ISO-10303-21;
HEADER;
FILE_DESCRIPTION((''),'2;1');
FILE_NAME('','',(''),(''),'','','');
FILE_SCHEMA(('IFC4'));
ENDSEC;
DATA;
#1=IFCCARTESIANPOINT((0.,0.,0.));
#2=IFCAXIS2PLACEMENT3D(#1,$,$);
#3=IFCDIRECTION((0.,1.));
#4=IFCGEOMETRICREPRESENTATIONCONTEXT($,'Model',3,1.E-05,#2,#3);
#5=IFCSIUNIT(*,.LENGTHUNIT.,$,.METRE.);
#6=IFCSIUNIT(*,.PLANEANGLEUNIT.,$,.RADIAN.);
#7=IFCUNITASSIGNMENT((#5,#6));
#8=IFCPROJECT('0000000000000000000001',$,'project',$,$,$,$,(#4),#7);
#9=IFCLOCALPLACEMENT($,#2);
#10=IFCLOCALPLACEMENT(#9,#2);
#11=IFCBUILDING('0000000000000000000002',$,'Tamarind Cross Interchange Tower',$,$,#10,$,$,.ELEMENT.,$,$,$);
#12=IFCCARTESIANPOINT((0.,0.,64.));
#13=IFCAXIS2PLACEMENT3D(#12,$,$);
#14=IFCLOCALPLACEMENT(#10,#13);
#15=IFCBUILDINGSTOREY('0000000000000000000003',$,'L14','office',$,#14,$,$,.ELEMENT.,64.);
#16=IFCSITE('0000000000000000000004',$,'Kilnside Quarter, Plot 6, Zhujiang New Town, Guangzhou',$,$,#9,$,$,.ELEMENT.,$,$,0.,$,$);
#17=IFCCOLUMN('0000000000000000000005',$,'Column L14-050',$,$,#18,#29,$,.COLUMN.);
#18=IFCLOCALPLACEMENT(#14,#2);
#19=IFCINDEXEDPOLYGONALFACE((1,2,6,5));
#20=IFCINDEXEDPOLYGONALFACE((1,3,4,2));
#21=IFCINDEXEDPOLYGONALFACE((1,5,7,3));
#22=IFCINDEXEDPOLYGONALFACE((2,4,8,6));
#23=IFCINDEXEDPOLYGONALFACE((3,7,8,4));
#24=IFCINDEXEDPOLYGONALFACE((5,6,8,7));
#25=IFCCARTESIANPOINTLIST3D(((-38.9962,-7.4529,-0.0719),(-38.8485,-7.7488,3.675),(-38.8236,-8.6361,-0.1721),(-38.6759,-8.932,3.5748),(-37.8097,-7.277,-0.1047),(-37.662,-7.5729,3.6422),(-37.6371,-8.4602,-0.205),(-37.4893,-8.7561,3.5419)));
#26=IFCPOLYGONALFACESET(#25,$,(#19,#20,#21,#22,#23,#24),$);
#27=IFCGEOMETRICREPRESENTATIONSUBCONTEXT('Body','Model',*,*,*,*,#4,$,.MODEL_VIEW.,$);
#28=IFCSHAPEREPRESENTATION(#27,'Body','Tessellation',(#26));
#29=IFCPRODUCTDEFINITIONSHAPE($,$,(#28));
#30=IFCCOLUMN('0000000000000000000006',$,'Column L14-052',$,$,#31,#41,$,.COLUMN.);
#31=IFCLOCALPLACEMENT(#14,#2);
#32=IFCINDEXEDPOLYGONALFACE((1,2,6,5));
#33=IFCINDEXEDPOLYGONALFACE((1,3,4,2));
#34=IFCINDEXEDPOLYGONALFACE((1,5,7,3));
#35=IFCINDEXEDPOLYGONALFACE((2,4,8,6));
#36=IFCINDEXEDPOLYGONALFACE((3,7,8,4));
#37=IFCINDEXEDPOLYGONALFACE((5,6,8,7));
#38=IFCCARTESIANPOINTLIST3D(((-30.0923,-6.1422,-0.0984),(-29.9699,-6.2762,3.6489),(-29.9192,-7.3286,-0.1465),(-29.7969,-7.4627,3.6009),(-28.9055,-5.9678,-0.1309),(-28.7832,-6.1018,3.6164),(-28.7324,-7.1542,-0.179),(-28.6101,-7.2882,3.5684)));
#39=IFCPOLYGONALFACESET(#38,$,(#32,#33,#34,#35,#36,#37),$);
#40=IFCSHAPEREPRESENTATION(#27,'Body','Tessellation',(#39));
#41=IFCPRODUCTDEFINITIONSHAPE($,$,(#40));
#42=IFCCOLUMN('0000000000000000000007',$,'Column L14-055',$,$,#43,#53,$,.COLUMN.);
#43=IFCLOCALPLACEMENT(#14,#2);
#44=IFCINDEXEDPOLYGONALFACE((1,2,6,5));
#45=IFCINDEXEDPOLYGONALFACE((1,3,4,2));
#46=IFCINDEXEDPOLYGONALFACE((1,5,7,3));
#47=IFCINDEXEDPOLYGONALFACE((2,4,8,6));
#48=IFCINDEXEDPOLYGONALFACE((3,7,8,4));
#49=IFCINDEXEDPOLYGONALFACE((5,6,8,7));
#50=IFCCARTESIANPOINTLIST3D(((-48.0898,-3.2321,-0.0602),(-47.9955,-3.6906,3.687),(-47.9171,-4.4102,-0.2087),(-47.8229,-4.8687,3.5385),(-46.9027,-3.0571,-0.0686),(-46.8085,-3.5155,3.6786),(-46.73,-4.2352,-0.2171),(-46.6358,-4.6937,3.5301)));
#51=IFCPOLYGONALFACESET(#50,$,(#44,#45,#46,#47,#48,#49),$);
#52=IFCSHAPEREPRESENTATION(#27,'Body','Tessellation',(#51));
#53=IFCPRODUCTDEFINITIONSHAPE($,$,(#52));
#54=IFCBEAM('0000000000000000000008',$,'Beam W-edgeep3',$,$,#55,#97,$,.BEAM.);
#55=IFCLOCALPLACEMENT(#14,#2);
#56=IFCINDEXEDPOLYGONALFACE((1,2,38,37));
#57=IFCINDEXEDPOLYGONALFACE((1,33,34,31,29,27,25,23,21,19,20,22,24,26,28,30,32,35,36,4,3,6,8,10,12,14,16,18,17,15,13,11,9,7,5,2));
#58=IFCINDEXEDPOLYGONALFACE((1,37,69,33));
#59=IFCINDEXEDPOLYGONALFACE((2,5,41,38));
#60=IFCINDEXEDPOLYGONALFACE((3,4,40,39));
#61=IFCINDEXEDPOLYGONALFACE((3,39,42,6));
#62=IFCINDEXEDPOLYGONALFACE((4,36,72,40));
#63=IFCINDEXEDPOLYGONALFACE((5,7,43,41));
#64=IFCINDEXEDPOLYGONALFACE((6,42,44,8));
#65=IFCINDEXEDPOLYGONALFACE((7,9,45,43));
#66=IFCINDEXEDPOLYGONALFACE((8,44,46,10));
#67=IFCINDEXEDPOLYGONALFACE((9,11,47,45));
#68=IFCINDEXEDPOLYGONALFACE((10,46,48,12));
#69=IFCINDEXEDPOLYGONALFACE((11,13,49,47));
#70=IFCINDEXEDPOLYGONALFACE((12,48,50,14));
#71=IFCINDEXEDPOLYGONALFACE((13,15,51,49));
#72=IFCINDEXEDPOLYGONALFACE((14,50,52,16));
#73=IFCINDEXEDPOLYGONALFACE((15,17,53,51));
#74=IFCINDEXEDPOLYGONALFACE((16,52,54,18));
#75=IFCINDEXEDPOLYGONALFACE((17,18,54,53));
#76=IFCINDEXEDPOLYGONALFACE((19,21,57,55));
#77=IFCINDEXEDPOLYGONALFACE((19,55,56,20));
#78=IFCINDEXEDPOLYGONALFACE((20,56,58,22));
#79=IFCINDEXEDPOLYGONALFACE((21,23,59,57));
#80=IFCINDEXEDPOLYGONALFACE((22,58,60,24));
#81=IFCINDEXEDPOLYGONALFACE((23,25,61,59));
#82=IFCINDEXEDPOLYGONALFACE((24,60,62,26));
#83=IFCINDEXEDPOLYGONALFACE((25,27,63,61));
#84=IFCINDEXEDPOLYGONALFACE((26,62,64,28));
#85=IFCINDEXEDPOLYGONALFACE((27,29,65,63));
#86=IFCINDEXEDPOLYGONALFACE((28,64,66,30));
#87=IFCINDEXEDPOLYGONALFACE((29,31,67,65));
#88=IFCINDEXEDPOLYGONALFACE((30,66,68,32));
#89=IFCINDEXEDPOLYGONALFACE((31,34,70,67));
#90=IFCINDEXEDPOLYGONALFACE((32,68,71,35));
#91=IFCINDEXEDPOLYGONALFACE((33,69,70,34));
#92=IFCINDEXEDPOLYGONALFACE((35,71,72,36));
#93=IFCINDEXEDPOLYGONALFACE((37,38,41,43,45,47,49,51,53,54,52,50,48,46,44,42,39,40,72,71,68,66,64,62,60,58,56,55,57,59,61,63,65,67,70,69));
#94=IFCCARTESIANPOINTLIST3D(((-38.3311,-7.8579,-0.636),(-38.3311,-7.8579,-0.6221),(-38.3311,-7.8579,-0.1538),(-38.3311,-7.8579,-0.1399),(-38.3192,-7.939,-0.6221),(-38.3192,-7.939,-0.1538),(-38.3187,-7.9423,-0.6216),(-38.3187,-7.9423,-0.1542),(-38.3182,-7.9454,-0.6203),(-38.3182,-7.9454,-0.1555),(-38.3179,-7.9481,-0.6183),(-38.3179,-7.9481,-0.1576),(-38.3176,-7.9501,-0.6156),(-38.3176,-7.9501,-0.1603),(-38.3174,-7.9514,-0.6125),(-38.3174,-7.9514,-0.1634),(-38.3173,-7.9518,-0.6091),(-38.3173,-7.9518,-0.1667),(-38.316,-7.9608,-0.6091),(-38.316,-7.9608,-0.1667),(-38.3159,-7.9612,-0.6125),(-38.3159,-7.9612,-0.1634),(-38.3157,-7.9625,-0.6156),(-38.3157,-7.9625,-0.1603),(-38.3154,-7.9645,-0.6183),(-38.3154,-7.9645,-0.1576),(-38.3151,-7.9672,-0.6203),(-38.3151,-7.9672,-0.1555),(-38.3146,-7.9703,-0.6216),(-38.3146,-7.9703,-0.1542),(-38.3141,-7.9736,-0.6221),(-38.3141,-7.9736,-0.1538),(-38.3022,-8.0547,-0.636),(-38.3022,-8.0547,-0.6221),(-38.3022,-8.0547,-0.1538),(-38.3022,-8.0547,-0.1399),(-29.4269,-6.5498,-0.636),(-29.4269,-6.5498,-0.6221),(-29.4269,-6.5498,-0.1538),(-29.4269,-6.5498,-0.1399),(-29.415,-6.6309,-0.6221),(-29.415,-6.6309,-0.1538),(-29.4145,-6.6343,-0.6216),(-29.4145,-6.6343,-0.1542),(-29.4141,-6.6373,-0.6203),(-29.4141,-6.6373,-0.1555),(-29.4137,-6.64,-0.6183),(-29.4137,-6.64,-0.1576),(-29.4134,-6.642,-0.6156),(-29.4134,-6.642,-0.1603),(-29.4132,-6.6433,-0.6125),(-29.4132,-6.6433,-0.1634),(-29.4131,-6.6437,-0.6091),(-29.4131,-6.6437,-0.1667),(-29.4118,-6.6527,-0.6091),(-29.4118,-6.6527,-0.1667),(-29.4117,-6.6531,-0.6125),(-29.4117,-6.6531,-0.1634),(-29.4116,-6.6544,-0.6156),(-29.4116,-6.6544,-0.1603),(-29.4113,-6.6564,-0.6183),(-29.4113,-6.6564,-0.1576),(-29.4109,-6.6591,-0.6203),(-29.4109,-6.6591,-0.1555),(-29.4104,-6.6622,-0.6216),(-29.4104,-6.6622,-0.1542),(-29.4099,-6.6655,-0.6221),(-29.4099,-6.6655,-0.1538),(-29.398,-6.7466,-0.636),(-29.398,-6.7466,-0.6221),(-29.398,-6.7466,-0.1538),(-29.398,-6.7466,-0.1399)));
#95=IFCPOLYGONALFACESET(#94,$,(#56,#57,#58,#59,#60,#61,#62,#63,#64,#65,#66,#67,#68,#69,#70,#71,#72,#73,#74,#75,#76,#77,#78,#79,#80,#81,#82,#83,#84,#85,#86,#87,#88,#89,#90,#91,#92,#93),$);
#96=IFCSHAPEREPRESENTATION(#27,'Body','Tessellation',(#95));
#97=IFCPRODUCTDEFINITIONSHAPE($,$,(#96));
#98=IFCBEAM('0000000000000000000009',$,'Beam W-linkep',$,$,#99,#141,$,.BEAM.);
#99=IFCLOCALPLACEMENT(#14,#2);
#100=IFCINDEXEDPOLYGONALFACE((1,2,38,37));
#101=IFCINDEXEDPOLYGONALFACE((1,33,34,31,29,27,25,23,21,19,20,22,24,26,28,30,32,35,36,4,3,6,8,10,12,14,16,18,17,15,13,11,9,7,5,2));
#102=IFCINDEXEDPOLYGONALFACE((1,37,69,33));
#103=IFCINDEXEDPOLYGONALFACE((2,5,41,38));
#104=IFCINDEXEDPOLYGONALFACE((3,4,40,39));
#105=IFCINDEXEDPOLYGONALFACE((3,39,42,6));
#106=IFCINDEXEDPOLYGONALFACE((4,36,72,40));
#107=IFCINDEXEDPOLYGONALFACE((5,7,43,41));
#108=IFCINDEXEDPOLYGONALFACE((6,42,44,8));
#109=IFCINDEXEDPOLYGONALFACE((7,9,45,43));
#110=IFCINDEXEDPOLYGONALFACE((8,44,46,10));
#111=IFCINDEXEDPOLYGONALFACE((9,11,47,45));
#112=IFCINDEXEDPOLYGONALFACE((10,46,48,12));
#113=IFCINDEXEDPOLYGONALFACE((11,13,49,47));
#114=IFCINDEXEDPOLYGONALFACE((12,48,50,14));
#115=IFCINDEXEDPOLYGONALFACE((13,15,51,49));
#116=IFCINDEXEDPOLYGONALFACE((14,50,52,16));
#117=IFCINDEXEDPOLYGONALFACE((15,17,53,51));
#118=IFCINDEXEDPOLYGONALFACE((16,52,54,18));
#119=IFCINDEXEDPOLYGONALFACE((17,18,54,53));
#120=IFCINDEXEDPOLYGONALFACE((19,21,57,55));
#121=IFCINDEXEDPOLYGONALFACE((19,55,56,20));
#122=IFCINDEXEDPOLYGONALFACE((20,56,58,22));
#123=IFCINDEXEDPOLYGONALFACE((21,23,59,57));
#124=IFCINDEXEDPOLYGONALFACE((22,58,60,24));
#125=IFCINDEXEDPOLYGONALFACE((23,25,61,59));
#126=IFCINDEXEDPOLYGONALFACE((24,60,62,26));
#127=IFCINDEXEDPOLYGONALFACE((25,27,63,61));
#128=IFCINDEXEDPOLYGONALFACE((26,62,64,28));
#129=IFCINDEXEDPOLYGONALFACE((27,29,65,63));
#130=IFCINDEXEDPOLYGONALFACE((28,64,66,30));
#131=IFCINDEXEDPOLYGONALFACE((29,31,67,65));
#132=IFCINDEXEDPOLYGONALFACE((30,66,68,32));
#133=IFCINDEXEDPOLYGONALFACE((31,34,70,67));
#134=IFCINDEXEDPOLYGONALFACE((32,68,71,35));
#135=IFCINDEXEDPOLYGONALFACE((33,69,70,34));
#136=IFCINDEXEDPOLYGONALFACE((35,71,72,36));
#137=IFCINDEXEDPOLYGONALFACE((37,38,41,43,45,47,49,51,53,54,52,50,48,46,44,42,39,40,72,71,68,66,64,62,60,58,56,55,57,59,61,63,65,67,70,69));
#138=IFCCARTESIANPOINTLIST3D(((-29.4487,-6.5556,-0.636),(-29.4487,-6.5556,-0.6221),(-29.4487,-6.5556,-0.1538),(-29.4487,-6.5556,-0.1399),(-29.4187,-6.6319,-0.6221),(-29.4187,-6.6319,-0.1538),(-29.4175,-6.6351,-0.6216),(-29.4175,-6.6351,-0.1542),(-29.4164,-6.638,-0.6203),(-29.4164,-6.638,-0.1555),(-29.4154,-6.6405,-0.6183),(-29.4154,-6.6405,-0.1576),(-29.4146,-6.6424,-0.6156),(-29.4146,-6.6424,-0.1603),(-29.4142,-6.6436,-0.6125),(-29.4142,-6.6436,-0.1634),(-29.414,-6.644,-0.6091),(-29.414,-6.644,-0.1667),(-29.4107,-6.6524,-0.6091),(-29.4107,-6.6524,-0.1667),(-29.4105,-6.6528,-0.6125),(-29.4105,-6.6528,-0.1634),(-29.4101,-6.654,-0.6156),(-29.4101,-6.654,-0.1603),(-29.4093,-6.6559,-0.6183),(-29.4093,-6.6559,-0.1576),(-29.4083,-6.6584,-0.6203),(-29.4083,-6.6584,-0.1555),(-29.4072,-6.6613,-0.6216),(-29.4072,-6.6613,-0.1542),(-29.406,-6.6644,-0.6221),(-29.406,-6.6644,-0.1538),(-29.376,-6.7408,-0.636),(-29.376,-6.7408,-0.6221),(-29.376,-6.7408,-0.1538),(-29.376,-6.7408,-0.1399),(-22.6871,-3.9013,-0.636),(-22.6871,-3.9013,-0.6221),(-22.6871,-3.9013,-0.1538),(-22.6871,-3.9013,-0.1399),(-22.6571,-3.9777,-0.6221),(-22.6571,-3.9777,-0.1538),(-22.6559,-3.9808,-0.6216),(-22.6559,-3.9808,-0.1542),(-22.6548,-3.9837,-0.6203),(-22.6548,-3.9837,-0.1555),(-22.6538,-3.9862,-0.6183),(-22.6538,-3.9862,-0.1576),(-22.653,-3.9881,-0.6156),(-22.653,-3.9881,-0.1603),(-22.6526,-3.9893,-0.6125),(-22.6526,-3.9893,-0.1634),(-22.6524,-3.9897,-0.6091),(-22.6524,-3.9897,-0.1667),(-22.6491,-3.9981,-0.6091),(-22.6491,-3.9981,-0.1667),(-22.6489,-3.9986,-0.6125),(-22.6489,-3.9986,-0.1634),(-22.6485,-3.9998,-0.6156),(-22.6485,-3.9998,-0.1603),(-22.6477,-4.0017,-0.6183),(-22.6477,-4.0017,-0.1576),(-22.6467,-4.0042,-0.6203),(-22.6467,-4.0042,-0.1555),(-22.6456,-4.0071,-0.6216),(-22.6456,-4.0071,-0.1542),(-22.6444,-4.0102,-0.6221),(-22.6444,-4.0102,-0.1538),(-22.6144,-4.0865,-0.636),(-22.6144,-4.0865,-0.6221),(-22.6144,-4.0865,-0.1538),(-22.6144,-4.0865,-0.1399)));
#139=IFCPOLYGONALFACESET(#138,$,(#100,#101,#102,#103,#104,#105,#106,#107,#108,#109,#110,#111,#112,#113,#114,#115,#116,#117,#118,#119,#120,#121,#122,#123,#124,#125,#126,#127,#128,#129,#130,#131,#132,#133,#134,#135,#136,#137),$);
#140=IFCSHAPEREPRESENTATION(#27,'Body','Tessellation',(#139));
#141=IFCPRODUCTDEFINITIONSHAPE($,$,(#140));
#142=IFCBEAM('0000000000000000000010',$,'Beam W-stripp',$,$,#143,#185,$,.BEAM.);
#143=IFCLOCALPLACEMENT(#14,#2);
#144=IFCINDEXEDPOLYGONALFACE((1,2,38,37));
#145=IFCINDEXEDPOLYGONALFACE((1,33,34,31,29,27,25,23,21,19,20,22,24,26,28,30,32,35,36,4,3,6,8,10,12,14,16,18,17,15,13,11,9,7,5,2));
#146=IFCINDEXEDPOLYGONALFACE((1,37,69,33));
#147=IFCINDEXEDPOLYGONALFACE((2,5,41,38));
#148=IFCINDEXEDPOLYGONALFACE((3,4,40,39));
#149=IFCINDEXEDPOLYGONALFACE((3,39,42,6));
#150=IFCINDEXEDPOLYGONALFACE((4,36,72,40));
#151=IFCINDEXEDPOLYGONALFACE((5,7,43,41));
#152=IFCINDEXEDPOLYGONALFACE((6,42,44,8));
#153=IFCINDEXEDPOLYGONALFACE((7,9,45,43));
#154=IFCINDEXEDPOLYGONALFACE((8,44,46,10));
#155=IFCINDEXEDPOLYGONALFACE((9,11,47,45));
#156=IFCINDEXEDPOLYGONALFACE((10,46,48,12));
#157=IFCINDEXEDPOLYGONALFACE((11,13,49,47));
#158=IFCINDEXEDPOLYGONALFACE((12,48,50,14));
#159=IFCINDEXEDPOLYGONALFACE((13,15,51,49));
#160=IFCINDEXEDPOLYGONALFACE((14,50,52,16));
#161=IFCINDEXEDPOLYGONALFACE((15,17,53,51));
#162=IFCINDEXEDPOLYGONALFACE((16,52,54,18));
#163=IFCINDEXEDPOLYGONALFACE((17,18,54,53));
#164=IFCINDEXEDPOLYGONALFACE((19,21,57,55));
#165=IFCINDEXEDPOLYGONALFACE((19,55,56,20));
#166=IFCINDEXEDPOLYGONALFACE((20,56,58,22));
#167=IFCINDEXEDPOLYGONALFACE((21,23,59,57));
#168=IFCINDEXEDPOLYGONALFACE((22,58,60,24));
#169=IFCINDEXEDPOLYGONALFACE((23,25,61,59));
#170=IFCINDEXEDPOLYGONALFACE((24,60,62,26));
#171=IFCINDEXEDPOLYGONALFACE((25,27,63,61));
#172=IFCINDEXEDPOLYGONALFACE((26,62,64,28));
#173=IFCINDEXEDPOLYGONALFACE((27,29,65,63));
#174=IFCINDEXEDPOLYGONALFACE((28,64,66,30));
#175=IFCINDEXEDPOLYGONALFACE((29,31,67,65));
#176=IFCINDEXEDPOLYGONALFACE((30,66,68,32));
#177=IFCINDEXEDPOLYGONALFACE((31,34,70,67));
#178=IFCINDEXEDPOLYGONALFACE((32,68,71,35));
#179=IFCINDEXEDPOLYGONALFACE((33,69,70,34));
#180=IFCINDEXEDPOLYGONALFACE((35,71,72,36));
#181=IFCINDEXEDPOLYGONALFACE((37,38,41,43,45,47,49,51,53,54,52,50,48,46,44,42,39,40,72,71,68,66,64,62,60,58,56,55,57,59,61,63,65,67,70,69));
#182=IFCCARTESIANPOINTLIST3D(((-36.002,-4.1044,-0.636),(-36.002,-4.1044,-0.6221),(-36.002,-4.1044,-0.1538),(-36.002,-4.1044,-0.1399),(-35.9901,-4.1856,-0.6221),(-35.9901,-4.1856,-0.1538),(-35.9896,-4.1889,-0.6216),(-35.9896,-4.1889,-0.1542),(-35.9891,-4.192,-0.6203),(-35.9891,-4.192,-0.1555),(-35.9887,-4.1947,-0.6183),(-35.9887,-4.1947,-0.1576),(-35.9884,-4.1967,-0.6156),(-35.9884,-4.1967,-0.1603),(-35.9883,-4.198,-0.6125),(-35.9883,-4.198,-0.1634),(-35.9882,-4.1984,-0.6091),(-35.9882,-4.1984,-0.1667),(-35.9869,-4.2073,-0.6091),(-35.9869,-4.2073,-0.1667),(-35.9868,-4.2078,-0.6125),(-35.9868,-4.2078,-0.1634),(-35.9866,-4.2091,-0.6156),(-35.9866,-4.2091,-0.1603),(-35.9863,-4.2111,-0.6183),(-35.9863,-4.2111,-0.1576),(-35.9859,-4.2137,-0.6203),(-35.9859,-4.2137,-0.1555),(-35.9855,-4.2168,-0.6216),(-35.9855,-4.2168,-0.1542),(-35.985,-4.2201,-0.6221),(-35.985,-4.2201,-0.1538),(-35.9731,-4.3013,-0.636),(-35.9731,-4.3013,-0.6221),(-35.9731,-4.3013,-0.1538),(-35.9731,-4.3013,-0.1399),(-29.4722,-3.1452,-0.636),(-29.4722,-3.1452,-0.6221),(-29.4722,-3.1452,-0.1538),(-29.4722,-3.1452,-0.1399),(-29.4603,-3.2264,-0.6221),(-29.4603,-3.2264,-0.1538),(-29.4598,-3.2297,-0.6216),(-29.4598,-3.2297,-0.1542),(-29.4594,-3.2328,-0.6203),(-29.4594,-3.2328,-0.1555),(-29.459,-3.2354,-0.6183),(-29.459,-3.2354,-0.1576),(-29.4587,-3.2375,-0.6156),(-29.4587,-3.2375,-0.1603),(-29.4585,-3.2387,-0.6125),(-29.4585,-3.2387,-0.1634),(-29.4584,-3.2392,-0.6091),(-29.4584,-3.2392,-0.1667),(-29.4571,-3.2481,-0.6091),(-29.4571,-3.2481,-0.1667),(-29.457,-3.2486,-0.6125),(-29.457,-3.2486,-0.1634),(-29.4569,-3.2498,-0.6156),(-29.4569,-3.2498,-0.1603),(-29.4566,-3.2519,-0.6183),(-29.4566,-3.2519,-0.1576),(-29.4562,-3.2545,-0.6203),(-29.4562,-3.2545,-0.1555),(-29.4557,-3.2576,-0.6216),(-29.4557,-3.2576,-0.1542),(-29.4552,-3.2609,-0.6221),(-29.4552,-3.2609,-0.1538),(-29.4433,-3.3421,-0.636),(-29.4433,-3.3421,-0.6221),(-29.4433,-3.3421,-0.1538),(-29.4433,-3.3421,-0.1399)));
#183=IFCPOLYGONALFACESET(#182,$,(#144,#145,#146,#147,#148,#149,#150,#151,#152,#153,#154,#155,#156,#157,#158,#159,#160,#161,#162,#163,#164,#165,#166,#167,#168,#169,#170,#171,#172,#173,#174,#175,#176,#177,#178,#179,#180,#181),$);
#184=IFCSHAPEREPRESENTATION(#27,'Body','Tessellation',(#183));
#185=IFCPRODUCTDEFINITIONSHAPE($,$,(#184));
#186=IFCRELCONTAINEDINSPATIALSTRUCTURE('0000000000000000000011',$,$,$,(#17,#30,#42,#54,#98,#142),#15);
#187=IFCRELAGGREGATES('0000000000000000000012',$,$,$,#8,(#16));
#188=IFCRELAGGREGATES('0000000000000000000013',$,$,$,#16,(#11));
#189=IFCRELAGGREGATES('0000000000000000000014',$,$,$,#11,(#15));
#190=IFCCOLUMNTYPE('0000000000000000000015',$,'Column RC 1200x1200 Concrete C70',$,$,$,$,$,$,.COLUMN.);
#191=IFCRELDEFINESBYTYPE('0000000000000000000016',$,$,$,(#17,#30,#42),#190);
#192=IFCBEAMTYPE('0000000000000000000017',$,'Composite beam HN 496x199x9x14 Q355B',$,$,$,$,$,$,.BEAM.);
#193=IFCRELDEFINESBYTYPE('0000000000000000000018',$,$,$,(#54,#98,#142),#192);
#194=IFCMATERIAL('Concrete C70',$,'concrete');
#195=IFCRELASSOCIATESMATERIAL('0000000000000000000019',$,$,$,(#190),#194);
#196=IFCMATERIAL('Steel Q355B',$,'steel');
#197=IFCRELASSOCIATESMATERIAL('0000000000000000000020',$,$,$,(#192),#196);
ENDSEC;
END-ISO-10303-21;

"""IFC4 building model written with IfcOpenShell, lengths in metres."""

from ifc_helpers import new_model, si_unit, direction, frame, origin, origin_2d, place, context, subcontext, project, spatial, rectangle, i_section, extrude, material, material_profile, profile_set, type_object, element, save


model = new_model("IFC4")

# Units and contexts
model_context = context("Model", 3, precision=1e-05, world=origin(), true_north=direction((0.0, 1.0)))
body_context = subcontext(model_context, "Body", "Model", "MODEL_VIEW")
ifc_project = project(units=[si_unit("LENGTHUNIT", "METRE"), si_unit("PLANEANGLEUNIT", "RADIAN")], contexts=[model_context])

# Site, building, storey
site_placement = place(None, origin())
site = spatial("IfcSite", under=ifc_project, at=site_placement, Name="Kilnside Quarter, Plot 6, Zhujiang New Town, Guangzhou", CompositionType="ELEMENT", RefElevation=0.0)
building_placement = place(site_placement, origin())
building = spatial("IfcBuilding", under=site, at=building_placement, Name="Tamarind Cross Interchange Tower", CompositionType="ELEMENT")
storey_placement = place(building_placement, frame((0.0, 0.0, 64.0)))
storey = spatial("IfcBuildingStorey", under=building, at=storey_placement, Name="L14", Description="office", CompositionType="ELEMENT", Elevation=64.0)

# Columns
ifc_material_1 = material(Name="Concrete C70", Category="concrete")
ifc_material_profile_1 = material_profile(ifc_material_1, rectangle(XDim=1.2, YDim=1.2, at=origin_2d()), Name="RC 1200x1200")
ifc_profile_set_1 = profile_set([ifc_material_profile_1], Name="Concrete C70")
column_type = type_object("IfcColumnType", Name="Column RC 1200x1200 Concrete C70", PredefinedType="COLUMN", material=ifc_profile_set_1)
column_1_placement = place(storey_placement, frame((-38.3167, -7.9565, -0.1384), z_axis=(0.039269, -0.078667, 0.996127), x_axis=(-0.143893, 0.98606, 0.083545)))
element("IfcColumn", 1, at=column_1_placement, inside=storey, type_object=column_type, Name="Column L14-050", PredefinedType="COLUMN", context=body_context, shape_type="SweptSolid", body=[
    extrude(rectangle(XDim=1.2, YDim=1.2, at=origin_2d()), origin(), (0.0, 0.0, 1.0), 3.7615),
])
column_2_placement = place(storey_placement, frame((-29.4124, -6.6482, -0.1387), z_axis=(0.032602, -0.035726, 0.99883), x_axis=(-0.144216, 0.988735, 0.040072)))
element("IfcColumn", 2, at=column_2_placement, inside=storey, type_object=column_type, Name="Column L14-052", PredefinedType="COLUMN", context=body_context, shape_type="SweptSolid", body=[
    extrude(rectangle(XDim=1.2, YDim=1.2, at=origin_2d()), origin(), (0.0, 0.0, 1.0), 3.7517),
])
column_3_placement = place(storey_placement, frame((-47.4099, -3.7336, -0.1387), z_axis=(0.024954, -0.12141, 0.992289), x_axis=(-0.143882, 0.981827, 0.123748)))
element("IfcColumn", 3, at=column_3_placement, inside=storey, type_object=column_type, Name="Column L14-055", PredefinedType="COLUMN", context=body_context, shape_type="SweptSolid", body=[
    extrude(rectangle(XDim=1.2, YDim=1.2, at=origin_2d()), origin(), (0.0, 0.0, 1.0), 3.7764),
])

# Beams
ifc_material_2 = material(Name="Steel Q355B", Category="steel")
ifc_material_profile_2 = material_profile(ifc_material_2, i_section(OverallWidth=0.199, OverallDepth=0.4961, WebThickness=0.009, FlangeThickness=0.0139, FilletRadius=0.0129, at=origin_2d()), Name="HN 496x199x9x14")
ifc_profile_set_2 = profile_set([ifc_material_profile_2], Name="Steel Q355B")
beam_type_1 = type_object("IfcBeamType", Name="Composite beam HN 496x199x9x14 Q355B", PredefinedType="BEAM", material=ifc_profile_set_2)
beam_1_placement = place(storey_placement, frame((-38.3167, -7.9563, -0.3879), z_axis=(0.989381, 0.145347, 0.0), x_axis=(-0.145347, 0.989381, 0.0)))
element("IfcBeam", 4, at=beam_1_placement, inside=storey, type_object=beam_type_1, Name="Beam W-edgeep3", PredefinedType="BEAM", context=body_context, shape_type="SweptSolid", body=[
    extrude(i_section(OverallWidth=0.199, OverallDepth=0.4961, WebThickness=0.009, FlangeThickness=0.0139, FilletRadius=0.0129, at=origin_2d()), origin(), (0.0, 0.0, 1.0), 8.9998),
])
beam_2_placement = place(storey_placement, frame((-29.4124, -6.6482, -0.3879), z_axis=(0.93085, 0.365403, 0.0), x_axis=(-0.365403, 0.93085, 0.0)))
element("IfcBeam", 5, at=beam_2_placement, inside=storey, type_object=beam_type_1, Name="Beam W-linkep", PredefinedType="BEAM", context=body_context, shape_type="SweptSolid", body=[
    extrude(i_section(OverallWidth=0.199, OverallDepth=0.4961, WebThickness=0.009, FlangeThickness=0.0139, FilletRadius=0.0129, at=origin_2d()), origin(), (0.0, 0.0, 1.0), 7.2639),
])
beam_3_placement = place(storey_placement, frame((-29.4578, -3.2437, -0.3879), z_axis=(-0.989382, -0.145341, 0.0), x_axis=(0.145341, -0.989382, 0.0)))
element("IfcBeam", 6, at=beam_3_placement, inside=storey, type_object=beam_type_1, Name="Beam W-stripp", PredefinedType="BEAM", context=body_context, shape_type="SweptSolid", body=[
    extrude(i_section(OverallWidth=0.199, OverallDepth=0.4961, WebThickness=0.009, FlangeThickness=0.0139, FilletRadius=0.0129, at=origin_2d()), origin(), (0.0, 0.0, 1.0), 6.5999),
])

save(model, "model.ifc")
